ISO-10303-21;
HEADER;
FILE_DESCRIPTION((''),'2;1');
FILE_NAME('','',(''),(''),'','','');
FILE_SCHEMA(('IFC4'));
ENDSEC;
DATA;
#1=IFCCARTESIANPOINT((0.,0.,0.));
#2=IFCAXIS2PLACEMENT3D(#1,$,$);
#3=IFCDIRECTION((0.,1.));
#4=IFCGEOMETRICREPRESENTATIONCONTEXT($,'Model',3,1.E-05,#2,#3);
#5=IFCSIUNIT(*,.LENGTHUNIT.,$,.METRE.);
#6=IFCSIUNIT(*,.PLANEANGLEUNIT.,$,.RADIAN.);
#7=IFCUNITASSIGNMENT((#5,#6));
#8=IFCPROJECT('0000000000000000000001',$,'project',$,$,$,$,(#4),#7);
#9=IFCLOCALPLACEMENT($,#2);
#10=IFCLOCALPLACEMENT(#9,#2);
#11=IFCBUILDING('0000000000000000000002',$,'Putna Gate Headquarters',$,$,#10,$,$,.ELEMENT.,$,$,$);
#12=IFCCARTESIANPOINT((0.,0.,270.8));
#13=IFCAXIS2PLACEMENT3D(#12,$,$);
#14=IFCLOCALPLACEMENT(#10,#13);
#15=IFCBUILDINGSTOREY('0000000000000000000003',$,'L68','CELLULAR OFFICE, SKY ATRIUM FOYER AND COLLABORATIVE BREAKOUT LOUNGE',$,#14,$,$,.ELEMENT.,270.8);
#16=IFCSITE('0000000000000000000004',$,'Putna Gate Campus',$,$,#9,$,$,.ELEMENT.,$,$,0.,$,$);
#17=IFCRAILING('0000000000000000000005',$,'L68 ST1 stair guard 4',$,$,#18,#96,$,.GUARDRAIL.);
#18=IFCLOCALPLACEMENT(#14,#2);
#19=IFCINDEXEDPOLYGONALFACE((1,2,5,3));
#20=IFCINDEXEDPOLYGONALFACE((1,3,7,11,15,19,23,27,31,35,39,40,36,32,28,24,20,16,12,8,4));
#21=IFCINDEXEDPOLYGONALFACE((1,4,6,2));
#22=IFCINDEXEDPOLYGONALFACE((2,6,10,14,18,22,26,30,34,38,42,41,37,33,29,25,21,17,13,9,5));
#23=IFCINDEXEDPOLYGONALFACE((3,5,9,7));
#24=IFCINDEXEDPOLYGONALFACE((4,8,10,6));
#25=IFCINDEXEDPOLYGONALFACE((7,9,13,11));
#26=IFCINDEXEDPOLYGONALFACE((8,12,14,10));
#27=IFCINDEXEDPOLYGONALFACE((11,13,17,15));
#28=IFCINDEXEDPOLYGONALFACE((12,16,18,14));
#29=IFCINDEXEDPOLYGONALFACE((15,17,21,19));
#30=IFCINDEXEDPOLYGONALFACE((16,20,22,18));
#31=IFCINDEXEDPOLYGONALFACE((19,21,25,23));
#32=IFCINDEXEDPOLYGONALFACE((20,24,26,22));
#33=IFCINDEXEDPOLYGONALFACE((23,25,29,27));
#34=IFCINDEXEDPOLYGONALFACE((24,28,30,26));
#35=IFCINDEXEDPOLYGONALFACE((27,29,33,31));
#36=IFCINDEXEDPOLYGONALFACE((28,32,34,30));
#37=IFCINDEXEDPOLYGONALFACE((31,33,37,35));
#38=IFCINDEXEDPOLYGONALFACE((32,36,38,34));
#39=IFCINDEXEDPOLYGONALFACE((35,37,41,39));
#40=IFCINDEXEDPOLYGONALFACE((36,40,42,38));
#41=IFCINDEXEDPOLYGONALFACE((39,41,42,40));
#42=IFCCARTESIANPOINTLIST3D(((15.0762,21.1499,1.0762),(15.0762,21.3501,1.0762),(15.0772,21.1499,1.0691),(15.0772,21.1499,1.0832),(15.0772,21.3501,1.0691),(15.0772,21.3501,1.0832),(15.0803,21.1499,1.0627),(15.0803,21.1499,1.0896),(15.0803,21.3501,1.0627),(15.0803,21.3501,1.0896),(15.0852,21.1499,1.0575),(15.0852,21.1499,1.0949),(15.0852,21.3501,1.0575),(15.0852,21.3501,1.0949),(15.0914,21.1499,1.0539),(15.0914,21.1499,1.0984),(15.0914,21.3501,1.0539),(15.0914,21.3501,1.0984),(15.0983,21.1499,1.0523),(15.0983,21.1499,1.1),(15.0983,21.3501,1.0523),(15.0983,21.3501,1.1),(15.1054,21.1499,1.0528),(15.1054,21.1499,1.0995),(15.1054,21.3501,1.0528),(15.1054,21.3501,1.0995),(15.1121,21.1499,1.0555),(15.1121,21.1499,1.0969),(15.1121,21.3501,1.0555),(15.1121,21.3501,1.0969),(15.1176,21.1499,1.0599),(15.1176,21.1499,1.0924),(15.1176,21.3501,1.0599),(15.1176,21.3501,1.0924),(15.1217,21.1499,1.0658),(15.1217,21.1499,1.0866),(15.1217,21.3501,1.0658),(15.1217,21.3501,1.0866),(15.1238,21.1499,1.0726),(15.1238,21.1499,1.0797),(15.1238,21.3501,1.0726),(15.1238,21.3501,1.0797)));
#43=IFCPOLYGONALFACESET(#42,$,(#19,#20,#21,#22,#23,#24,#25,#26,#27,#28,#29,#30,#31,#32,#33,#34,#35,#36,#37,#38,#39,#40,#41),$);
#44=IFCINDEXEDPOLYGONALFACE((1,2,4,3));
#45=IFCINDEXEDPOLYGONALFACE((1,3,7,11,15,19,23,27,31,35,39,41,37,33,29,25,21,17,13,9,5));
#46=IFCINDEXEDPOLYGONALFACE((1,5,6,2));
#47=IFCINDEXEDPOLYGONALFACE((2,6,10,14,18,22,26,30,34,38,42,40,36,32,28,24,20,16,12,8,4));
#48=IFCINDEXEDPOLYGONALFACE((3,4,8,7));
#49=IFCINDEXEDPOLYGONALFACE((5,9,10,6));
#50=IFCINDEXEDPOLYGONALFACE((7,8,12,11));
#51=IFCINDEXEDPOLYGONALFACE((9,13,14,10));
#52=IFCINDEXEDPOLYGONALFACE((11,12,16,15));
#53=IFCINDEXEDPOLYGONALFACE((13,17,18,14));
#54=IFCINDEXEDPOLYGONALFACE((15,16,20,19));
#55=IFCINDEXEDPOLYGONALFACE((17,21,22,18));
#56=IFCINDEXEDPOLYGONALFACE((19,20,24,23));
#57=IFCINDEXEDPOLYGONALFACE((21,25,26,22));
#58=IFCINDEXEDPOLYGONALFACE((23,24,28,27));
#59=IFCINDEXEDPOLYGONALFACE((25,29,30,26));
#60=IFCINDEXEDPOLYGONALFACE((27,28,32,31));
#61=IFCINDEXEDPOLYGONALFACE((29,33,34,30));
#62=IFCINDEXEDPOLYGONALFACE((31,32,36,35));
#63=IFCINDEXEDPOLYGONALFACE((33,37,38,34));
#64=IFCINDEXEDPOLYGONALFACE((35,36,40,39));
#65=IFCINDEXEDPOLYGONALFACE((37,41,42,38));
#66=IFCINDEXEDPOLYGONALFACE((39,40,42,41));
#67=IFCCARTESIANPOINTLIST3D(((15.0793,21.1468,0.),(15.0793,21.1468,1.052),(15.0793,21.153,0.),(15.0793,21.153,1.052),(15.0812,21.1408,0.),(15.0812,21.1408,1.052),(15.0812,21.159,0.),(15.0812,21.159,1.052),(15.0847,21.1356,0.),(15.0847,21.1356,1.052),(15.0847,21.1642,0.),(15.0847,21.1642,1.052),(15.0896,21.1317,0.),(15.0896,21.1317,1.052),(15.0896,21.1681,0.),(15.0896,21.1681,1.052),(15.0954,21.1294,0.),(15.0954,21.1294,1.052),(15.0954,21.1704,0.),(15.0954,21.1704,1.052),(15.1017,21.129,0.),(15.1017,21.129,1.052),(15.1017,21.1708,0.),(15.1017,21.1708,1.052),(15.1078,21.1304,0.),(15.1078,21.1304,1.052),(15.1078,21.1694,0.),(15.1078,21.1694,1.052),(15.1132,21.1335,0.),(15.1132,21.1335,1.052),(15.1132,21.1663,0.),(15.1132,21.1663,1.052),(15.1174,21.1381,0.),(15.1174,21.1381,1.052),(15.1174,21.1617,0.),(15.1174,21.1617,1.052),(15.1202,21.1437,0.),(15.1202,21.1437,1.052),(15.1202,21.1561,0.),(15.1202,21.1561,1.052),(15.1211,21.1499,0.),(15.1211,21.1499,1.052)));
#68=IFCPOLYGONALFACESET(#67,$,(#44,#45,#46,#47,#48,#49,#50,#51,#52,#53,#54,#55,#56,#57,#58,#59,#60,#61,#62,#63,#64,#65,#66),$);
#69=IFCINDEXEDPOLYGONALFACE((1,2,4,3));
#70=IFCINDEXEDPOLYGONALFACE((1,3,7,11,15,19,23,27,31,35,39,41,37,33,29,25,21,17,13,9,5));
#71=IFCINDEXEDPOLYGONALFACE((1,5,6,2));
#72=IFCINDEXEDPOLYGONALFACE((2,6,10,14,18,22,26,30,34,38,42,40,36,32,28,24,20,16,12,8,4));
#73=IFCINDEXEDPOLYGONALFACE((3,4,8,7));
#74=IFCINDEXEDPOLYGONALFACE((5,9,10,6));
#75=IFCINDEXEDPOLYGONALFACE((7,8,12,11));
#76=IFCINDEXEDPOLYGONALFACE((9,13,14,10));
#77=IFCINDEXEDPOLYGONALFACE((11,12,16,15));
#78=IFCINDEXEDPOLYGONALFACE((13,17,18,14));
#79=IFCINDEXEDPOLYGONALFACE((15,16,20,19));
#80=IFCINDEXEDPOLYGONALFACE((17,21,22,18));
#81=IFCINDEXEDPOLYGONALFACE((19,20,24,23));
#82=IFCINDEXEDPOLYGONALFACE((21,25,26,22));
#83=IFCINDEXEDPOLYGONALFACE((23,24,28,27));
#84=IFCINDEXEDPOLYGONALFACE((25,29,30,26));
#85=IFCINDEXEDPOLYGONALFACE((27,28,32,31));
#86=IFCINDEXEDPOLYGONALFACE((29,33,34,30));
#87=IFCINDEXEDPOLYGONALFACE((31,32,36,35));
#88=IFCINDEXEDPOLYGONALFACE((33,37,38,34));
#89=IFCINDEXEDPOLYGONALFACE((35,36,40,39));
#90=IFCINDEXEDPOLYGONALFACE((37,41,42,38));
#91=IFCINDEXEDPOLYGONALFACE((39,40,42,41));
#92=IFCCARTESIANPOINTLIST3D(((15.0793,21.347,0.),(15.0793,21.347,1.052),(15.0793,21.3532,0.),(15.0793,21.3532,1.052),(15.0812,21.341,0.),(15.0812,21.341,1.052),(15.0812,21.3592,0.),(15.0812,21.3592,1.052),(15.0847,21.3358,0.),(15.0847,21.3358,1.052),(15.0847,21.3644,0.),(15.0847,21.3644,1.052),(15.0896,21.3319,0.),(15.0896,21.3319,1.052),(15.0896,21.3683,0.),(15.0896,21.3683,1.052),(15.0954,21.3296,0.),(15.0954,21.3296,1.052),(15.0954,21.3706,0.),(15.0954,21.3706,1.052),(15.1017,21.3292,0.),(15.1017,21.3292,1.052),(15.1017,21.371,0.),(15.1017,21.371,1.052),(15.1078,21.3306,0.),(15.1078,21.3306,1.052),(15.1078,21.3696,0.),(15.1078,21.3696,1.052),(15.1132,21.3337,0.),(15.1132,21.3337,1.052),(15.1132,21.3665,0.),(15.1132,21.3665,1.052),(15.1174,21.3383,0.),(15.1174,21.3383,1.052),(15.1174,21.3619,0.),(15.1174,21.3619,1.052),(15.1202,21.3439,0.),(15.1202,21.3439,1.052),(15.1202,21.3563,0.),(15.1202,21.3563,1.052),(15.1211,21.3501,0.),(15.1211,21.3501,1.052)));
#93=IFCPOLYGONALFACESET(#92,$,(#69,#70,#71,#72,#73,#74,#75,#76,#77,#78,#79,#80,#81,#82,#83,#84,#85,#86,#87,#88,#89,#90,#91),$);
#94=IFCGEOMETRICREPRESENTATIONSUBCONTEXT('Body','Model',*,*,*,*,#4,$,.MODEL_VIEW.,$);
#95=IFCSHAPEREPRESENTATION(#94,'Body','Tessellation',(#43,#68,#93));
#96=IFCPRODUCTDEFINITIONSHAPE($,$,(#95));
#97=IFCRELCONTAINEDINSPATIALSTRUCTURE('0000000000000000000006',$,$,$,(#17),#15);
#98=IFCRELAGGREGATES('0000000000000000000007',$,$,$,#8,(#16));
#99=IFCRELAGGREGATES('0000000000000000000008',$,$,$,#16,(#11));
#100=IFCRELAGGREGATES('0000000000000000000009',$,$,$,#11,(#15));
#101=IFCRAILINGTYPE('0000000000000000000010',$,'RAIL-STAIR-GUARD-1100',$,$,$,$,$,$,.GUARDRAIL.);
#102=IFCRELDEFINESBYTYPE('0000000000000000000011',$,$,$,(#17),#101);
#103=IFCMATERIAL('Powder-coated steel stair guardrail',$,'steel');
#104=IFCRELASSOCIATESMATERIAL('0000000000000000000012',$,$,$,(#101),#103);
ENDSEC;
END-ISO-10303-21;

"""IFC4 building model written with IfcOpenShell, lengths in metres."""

from ifc_helpers import new_model, si_unit, direction, frame, origin, origin_2d, place, context, subcontext, project, spatial, circle, extrude, material, type_object, element, save


model = new_model("IFC4")

# Units and contexts
model_context = context("Model", 3, precision=1e-05, world=origin(), true_north=direction((0.0, 1.0)))
body_context = subcontext(model_context, "Body", "Model", "MODEL_VIEW")
ifc_project = project(units=[si_unit("LENGTHUNIT", "METRE"), si_unit("PLANEANGLEUNIT", "RADIAN")], contexts=[model_context])

# Site, building, storey
site_placement = place(None, origin())
site = spatial("IfcSite", under=ifc_project, at=site_placement, Name="Putna Gate Campus", CompositionType="ELEMENT", RefElevation=0.0)
building_placement = place(site_placement, origin())
building = spatial("IfcBuilding", under=site, at=building_placement, Name="Putna Gate Headquarters", CompositionType="ELEMENT")
storey_placement = place(building_placement, frame((0.0, 0.0, 270.8)))
storey = spatial("IfcBuildingStorey", under=building, at=storey_placement, Name="L68", Description="CELLULAR OFFICE, SKY ATRIUM FOYER AND COLLABORATIVE BREAKOUT LOUNGE", CompositionType="ELEMENT", Elevation=270.8)

# Railing
ifc_material_1 = material(Name="Powder-coated steel stair guardrail", Category="steel")
railing_type_1 = type_object("IfcRailingType", Name="RAIL-STAIR-GUARD-1100", PredefinedType="GUARDRAIL", material=ifc_material_1)
railing_1_placement = place(storey_placement, frame((15.1001, 21.1499, 0.0)))
element("IfcRailing", 1, at=railing_1_placement, inside=storey, type_object=railing_type_1, Name="L68 ST1 stair guard 4", PredefinedType="GUARDRAIL", context=body_context, shape_type="SweptSolid", body=[
    extrude(circle(Radius=0.0239, at=origin_2d()), frame((0.0, 0.0, 1.0762), z_axis=(0.0, 1.0, 0.0), x_axis=(-1.0, 0.0, 0.0)), (0.0, 0.0, 1.0), 0.2002),
    extrude(circle(Radius=0.021, at=origin_2d()), origin(), (0.0, 0.0, 1.0), 1.052),
    extrude(circle(Radius=0.021, at=origin_2d()), frame((0.0, 0.2002, 0.0)), (0.0, 0.0, 1.0), 1.052),
])

save(model, "model.ifc")
